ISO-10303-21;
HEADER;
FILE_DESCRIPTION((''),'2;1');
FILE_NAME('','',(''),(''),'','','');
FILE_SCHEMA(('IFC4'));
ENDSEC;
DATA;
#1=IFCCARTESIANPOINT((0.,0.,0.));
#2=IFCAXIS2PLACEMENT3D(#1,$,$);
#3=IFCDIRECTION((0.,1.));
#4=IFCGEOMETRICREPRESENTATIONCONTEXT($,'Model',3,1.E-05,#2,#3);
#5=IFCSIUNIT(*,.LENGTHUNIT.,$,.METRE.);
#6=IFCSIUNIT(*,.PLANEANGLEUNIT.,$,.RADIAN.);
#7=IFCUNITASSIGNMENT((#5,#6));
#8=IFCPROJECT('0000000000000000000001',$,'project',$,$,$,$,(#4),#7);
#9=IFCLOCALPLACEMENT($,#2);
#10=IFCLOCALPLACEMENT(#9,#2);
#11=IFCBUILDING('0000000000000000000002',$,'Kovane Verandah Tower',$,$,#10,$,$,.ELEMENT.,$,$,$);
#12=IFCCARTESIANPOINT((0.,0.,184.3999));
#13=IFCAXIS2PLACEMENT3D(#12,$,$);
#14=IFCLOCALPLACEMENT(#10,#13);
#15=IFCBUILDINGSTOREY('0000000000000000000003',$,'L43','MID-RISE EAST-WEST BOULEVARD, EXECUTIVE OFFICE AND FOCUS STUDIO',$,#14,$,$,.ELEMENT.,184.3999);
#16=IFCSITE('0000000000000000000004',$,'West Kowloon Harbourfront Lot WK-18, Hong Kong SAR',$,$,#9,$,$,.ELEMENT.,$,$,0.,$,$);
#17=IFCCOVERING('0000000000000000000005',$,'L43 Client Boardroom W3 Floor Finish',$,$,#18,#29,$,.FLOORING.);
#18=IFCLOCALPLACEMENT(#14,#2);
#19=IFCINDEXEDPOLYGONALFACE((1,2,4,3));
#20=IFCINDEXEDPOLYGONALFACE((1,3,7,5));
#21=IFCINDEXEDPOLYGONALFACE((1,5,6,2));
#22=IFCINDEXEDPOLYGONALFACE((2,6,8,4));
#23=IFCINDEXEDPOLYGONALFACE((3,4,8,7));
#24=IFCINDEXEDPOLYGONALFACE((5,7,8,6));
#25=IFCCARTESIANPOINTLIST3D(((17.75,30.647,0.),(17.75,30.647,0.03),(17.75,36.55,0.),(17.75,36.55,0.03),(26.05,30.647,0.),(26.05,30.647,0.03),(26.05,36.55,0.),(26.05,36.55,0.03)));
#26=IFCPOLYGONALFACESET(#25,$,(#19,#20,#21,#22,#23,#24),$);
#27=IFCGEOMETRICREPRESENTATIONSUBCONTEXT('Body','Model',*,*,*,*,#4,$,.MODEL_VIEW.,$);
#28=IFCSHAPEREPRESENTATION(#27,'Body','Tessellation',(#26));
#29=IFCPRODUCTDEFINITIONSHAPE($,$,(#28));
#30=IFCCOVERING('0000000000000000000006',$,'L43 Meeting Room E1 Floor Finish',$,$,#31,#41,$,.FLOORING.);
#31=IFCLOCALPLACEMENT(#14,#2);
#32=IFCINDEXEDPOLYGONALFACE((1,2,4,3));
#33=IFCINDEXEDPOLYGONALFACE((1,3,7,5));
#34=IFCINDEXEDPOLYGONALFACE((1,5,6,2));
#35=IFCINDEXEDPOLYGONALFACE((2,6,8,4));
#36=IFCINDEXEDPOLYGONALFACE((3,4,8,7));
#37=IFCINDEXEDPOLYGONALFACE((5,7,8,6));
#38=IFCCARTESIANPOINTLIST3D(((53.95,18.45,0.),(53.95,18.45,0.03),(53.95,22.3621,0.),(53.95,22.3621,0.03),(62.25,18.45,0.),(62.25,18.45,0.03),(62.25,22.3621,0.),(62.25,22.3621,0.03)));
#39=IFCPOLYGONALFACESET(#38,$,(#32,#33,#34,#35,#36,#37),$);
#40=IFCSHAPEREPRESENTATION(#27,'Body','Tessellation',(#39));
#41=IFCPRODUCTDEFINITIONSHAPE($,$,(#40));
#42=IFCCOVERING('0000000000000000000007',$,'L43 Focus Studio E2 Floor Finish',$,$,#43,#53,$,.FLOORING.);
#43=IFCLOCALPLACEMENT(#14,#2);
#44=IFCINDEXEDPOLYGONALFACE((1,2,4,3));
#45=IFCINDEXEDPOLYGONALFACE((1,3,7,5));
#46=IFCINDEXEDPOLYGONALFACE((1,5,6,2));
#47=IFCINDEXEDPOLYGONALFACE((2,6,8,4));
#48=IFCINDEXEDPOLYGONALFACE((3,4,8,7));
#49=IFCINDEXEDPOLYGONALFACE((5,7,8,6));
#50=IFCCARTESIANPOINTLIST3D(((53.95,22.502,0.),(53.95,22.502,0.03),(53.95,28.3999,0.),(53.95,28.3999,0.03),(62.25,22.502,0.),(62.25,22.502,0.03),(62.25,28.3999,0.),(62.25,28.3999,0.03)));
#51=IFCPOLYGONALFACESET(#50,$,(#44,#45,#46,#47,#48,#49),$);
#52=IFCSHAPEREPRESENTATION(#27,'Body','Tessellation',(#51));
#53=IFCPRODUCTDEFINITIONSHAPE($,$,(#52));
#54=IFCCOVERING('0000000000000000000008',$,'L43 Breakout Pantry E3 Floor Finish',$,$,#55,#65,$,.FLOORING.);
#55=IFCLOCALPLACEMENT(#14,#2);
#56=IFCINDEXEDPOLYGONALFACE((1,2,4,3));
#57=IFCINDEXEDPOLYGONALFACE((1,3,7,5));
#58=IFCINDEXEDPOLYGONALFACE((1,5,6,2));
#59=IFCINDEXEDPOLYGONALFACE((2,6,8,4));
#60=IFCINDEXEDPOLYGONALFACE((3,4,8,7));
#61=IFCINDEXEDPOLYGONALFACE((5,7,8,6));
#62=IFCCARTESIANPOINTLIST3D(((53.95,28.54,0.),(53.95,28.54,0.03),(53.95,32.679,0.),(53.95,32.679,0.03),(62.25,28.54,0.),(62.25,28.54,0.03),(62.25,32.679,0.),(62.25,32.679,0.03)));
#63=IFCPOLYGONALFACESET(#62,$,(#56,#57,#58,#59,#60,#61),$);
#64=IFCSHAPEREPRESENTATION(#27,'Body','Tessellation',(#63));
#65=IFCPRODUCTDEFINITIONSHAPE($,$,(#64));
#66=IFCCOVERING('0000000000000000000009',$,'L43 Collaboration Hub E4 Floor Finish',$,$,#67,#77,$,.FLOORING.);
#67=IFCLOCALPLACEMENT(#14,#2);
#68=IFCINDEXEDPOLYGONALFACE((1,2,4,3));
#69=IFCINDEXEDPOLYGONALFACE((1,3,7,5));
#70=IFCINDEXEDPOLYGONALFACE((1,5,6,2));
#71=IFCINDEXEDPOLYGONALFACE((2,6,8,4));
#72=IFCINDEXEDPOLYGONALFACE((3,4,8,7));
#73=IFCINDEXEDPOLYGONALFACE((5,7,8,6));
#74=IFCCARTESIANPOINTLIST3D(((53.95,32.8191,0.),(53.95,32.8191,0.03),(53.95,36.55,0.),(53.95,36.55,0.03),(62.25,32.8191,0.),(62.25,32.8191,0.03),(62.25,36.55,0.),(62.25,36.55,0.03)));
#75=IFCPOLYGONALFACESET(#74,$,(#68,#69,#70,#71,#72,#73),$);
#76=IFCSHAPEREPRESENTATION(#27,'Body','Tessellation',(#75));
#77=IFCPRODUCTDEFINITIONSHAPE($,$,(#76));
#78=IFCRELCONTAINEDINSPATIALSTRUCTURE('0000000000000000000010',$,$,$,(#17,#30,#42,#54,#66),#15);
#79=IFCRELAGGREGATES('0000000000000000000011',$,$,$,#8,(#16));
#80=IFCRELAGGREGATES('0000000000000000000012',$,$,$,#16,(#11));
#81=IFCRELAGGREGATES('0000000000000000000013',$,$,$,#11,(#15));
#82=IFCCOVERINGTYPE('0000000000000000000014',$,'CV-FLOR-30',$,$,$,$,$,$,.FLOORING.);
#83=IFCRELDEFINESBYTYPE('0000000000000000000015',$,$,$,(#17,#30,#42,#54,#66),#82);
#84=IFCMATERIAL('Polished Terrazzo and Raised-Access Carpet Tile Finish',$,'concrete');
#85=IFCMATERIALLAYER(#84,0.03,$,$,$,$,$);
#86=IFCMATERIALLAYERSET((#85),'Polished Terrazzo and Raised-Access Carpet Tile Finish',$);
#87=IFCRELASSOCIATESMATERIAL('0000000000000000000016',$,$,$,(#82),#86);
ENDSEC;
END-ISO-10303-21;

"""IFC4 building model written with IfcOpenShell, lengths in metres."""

from ifc_helpers import new_model, si_unit, direction, frame, origin, place, context, subcontext, project, spatial, polyline, outline, extrude, material, layer, layer_set, type_object, element, save


model = new_model("IFC4")

# Units and contexts
model_context = context("Model", 3, precision=1e-05, world=origin(), true_north=direction((0.0, 1.0)))
body_context = subcontext(model_context, "Body", "Model", "MODEL_VIEW")
ifc_project = project(units=[si_unit("LENGTHUNIT", "METRE"), si_unit("PLANEANGLEUNIT", "RADIAN")], contexts=[model_context])

# Site, building, storey
site_placement = place(None, origin())
site = spatial("IfcSite", under=ifc_project, at=site_placement, Name="West Kowloon Harbourfront Lot WK-18, Hong Kong SAR", CompositionType="ELEMENT", RefElevation=0.0)
building_placement = place(site_placement, origin())
building = spatial("IfcBuilding", under=site, at=building_placement, Name="Kovane Verandah Tower", CompositionType="ELEMENT")
storey_placement = place(building_placement, frame((0.0, 0.0, 184.3999)))
storey = spatial("IfcBuildingStorey", under=building, at=storey_placement, Name="L43", Description="MID-RISE EAST-WEST BOULEVARD, EXECUTIVE OFFICE AND FOCUS STUDIO", CompositionType="ELEMENT", Elevation=184.3999)

# Coverings
ifc_material_1 = material(Name="Polished Terrazzo and Raised-Access Carpet Tile Finish", Category="concrete")
ifc_layer_1 = layer(ifc_material_1, 0.03)
ifc_layer_set_1 = layer_set([ifc_layer_1], Name="Polished Terrazzo and Raised-Access Carpet Tile Finish")
covering_type_1 = type_object("IfcCoveringType", Name="CV-FLOR-30", PredefinedType="FLOORING", material=ifc_layer_set_1)
covering_1_placement = place(storey_placement, origin())
element("IfcCovering", 1, at=covering_1_placement, inside=storey, type_object=covering_type_1, Name="L43 Client Boardroom W3 Floor Finish", PredefinedType="FLOORING", context=body_context, shape_type="SweptSolid", body=[
    extrude(outline(polyline([(17.75, 30.647), (26.05, 30.647), (26.05, 36.55), (17.75, 36.55), (17.75, 30.647)])), origin(), (0.0, 0.0, 1.0), 0.03),
])
covering_2_placement = place(storey_placement, origin())
element("IfcCovering", 2, at=covering_2_placement, inside=storey, type_object=covering_type_1, Name="L43 Meeting Room E1 Floor Finish", PredefinedType="FLOORING", context=body_context, shape_type="SweptSolid", body=[
    extrude(outline(polyline([(53.95, 18.45), (62.25, 18.45), (62.25, 22.3621), (53.95, 22.3621), (53.95, 18.45)])), origin(), (0.0, 0.0, 1.0), 0.03),
])
covering_3_placement = place(storey_placement, origin())
element("IfcCovering", 3, at=covering_3_placement, inside=storey, type_object=covering_type_1, Name="L43 Focus Studio E2 Floor Finish", PredefinedType="FLOORING", context=body_context, shape_type="SweptSolid", body=[
    extrude(outline(polyline([(53.95, 22.502), (62.25, 22.502), (62.25, 28.3999), (53.95, 28.3999), (53.95, 22.502)])), origin(), (0.0, 0.0, 1.0), 0.03),
])
covering_4_placement = place(storey_placement, origin())
element("IfcCovering", 4, at=covering_4_placement, inside=storey, type_object=covering_type_1, Name="L43 Breakout Pantry E3 Floor Finish", PredefinedType="FLOORING", context=body_context, shape_type="SweptSolid", body=[
    extrude(outline(polyline([(53.95, 28.54), (62.25, 28.54), (62.25, 32.679), (53.95, 32.679), (53.95, 28.54)])), origin(), (0.0, 0.0, 1.0), 0.03),
])
covering_5_placement = place(storey_placement, origin())
element("IfcCovering", 5, at=covering_5_placement, inside=storey, type_object=covering_type_1, Name="L43 Collaboration Hub E4 Floor Finish", PredefinedType="FLOORING", context=body_context, shape_type="SweptSolid", body=[
    extrude(outline(polyline([(53.95, 32.8191), (62.25, 32.8191), (62.25, 36.55), (53.95, 36.55), (53.95, 32.8191)])), origin(), (0.0, 0.0, 1.0), 0.03),
])

save(model, "model.ifc")
